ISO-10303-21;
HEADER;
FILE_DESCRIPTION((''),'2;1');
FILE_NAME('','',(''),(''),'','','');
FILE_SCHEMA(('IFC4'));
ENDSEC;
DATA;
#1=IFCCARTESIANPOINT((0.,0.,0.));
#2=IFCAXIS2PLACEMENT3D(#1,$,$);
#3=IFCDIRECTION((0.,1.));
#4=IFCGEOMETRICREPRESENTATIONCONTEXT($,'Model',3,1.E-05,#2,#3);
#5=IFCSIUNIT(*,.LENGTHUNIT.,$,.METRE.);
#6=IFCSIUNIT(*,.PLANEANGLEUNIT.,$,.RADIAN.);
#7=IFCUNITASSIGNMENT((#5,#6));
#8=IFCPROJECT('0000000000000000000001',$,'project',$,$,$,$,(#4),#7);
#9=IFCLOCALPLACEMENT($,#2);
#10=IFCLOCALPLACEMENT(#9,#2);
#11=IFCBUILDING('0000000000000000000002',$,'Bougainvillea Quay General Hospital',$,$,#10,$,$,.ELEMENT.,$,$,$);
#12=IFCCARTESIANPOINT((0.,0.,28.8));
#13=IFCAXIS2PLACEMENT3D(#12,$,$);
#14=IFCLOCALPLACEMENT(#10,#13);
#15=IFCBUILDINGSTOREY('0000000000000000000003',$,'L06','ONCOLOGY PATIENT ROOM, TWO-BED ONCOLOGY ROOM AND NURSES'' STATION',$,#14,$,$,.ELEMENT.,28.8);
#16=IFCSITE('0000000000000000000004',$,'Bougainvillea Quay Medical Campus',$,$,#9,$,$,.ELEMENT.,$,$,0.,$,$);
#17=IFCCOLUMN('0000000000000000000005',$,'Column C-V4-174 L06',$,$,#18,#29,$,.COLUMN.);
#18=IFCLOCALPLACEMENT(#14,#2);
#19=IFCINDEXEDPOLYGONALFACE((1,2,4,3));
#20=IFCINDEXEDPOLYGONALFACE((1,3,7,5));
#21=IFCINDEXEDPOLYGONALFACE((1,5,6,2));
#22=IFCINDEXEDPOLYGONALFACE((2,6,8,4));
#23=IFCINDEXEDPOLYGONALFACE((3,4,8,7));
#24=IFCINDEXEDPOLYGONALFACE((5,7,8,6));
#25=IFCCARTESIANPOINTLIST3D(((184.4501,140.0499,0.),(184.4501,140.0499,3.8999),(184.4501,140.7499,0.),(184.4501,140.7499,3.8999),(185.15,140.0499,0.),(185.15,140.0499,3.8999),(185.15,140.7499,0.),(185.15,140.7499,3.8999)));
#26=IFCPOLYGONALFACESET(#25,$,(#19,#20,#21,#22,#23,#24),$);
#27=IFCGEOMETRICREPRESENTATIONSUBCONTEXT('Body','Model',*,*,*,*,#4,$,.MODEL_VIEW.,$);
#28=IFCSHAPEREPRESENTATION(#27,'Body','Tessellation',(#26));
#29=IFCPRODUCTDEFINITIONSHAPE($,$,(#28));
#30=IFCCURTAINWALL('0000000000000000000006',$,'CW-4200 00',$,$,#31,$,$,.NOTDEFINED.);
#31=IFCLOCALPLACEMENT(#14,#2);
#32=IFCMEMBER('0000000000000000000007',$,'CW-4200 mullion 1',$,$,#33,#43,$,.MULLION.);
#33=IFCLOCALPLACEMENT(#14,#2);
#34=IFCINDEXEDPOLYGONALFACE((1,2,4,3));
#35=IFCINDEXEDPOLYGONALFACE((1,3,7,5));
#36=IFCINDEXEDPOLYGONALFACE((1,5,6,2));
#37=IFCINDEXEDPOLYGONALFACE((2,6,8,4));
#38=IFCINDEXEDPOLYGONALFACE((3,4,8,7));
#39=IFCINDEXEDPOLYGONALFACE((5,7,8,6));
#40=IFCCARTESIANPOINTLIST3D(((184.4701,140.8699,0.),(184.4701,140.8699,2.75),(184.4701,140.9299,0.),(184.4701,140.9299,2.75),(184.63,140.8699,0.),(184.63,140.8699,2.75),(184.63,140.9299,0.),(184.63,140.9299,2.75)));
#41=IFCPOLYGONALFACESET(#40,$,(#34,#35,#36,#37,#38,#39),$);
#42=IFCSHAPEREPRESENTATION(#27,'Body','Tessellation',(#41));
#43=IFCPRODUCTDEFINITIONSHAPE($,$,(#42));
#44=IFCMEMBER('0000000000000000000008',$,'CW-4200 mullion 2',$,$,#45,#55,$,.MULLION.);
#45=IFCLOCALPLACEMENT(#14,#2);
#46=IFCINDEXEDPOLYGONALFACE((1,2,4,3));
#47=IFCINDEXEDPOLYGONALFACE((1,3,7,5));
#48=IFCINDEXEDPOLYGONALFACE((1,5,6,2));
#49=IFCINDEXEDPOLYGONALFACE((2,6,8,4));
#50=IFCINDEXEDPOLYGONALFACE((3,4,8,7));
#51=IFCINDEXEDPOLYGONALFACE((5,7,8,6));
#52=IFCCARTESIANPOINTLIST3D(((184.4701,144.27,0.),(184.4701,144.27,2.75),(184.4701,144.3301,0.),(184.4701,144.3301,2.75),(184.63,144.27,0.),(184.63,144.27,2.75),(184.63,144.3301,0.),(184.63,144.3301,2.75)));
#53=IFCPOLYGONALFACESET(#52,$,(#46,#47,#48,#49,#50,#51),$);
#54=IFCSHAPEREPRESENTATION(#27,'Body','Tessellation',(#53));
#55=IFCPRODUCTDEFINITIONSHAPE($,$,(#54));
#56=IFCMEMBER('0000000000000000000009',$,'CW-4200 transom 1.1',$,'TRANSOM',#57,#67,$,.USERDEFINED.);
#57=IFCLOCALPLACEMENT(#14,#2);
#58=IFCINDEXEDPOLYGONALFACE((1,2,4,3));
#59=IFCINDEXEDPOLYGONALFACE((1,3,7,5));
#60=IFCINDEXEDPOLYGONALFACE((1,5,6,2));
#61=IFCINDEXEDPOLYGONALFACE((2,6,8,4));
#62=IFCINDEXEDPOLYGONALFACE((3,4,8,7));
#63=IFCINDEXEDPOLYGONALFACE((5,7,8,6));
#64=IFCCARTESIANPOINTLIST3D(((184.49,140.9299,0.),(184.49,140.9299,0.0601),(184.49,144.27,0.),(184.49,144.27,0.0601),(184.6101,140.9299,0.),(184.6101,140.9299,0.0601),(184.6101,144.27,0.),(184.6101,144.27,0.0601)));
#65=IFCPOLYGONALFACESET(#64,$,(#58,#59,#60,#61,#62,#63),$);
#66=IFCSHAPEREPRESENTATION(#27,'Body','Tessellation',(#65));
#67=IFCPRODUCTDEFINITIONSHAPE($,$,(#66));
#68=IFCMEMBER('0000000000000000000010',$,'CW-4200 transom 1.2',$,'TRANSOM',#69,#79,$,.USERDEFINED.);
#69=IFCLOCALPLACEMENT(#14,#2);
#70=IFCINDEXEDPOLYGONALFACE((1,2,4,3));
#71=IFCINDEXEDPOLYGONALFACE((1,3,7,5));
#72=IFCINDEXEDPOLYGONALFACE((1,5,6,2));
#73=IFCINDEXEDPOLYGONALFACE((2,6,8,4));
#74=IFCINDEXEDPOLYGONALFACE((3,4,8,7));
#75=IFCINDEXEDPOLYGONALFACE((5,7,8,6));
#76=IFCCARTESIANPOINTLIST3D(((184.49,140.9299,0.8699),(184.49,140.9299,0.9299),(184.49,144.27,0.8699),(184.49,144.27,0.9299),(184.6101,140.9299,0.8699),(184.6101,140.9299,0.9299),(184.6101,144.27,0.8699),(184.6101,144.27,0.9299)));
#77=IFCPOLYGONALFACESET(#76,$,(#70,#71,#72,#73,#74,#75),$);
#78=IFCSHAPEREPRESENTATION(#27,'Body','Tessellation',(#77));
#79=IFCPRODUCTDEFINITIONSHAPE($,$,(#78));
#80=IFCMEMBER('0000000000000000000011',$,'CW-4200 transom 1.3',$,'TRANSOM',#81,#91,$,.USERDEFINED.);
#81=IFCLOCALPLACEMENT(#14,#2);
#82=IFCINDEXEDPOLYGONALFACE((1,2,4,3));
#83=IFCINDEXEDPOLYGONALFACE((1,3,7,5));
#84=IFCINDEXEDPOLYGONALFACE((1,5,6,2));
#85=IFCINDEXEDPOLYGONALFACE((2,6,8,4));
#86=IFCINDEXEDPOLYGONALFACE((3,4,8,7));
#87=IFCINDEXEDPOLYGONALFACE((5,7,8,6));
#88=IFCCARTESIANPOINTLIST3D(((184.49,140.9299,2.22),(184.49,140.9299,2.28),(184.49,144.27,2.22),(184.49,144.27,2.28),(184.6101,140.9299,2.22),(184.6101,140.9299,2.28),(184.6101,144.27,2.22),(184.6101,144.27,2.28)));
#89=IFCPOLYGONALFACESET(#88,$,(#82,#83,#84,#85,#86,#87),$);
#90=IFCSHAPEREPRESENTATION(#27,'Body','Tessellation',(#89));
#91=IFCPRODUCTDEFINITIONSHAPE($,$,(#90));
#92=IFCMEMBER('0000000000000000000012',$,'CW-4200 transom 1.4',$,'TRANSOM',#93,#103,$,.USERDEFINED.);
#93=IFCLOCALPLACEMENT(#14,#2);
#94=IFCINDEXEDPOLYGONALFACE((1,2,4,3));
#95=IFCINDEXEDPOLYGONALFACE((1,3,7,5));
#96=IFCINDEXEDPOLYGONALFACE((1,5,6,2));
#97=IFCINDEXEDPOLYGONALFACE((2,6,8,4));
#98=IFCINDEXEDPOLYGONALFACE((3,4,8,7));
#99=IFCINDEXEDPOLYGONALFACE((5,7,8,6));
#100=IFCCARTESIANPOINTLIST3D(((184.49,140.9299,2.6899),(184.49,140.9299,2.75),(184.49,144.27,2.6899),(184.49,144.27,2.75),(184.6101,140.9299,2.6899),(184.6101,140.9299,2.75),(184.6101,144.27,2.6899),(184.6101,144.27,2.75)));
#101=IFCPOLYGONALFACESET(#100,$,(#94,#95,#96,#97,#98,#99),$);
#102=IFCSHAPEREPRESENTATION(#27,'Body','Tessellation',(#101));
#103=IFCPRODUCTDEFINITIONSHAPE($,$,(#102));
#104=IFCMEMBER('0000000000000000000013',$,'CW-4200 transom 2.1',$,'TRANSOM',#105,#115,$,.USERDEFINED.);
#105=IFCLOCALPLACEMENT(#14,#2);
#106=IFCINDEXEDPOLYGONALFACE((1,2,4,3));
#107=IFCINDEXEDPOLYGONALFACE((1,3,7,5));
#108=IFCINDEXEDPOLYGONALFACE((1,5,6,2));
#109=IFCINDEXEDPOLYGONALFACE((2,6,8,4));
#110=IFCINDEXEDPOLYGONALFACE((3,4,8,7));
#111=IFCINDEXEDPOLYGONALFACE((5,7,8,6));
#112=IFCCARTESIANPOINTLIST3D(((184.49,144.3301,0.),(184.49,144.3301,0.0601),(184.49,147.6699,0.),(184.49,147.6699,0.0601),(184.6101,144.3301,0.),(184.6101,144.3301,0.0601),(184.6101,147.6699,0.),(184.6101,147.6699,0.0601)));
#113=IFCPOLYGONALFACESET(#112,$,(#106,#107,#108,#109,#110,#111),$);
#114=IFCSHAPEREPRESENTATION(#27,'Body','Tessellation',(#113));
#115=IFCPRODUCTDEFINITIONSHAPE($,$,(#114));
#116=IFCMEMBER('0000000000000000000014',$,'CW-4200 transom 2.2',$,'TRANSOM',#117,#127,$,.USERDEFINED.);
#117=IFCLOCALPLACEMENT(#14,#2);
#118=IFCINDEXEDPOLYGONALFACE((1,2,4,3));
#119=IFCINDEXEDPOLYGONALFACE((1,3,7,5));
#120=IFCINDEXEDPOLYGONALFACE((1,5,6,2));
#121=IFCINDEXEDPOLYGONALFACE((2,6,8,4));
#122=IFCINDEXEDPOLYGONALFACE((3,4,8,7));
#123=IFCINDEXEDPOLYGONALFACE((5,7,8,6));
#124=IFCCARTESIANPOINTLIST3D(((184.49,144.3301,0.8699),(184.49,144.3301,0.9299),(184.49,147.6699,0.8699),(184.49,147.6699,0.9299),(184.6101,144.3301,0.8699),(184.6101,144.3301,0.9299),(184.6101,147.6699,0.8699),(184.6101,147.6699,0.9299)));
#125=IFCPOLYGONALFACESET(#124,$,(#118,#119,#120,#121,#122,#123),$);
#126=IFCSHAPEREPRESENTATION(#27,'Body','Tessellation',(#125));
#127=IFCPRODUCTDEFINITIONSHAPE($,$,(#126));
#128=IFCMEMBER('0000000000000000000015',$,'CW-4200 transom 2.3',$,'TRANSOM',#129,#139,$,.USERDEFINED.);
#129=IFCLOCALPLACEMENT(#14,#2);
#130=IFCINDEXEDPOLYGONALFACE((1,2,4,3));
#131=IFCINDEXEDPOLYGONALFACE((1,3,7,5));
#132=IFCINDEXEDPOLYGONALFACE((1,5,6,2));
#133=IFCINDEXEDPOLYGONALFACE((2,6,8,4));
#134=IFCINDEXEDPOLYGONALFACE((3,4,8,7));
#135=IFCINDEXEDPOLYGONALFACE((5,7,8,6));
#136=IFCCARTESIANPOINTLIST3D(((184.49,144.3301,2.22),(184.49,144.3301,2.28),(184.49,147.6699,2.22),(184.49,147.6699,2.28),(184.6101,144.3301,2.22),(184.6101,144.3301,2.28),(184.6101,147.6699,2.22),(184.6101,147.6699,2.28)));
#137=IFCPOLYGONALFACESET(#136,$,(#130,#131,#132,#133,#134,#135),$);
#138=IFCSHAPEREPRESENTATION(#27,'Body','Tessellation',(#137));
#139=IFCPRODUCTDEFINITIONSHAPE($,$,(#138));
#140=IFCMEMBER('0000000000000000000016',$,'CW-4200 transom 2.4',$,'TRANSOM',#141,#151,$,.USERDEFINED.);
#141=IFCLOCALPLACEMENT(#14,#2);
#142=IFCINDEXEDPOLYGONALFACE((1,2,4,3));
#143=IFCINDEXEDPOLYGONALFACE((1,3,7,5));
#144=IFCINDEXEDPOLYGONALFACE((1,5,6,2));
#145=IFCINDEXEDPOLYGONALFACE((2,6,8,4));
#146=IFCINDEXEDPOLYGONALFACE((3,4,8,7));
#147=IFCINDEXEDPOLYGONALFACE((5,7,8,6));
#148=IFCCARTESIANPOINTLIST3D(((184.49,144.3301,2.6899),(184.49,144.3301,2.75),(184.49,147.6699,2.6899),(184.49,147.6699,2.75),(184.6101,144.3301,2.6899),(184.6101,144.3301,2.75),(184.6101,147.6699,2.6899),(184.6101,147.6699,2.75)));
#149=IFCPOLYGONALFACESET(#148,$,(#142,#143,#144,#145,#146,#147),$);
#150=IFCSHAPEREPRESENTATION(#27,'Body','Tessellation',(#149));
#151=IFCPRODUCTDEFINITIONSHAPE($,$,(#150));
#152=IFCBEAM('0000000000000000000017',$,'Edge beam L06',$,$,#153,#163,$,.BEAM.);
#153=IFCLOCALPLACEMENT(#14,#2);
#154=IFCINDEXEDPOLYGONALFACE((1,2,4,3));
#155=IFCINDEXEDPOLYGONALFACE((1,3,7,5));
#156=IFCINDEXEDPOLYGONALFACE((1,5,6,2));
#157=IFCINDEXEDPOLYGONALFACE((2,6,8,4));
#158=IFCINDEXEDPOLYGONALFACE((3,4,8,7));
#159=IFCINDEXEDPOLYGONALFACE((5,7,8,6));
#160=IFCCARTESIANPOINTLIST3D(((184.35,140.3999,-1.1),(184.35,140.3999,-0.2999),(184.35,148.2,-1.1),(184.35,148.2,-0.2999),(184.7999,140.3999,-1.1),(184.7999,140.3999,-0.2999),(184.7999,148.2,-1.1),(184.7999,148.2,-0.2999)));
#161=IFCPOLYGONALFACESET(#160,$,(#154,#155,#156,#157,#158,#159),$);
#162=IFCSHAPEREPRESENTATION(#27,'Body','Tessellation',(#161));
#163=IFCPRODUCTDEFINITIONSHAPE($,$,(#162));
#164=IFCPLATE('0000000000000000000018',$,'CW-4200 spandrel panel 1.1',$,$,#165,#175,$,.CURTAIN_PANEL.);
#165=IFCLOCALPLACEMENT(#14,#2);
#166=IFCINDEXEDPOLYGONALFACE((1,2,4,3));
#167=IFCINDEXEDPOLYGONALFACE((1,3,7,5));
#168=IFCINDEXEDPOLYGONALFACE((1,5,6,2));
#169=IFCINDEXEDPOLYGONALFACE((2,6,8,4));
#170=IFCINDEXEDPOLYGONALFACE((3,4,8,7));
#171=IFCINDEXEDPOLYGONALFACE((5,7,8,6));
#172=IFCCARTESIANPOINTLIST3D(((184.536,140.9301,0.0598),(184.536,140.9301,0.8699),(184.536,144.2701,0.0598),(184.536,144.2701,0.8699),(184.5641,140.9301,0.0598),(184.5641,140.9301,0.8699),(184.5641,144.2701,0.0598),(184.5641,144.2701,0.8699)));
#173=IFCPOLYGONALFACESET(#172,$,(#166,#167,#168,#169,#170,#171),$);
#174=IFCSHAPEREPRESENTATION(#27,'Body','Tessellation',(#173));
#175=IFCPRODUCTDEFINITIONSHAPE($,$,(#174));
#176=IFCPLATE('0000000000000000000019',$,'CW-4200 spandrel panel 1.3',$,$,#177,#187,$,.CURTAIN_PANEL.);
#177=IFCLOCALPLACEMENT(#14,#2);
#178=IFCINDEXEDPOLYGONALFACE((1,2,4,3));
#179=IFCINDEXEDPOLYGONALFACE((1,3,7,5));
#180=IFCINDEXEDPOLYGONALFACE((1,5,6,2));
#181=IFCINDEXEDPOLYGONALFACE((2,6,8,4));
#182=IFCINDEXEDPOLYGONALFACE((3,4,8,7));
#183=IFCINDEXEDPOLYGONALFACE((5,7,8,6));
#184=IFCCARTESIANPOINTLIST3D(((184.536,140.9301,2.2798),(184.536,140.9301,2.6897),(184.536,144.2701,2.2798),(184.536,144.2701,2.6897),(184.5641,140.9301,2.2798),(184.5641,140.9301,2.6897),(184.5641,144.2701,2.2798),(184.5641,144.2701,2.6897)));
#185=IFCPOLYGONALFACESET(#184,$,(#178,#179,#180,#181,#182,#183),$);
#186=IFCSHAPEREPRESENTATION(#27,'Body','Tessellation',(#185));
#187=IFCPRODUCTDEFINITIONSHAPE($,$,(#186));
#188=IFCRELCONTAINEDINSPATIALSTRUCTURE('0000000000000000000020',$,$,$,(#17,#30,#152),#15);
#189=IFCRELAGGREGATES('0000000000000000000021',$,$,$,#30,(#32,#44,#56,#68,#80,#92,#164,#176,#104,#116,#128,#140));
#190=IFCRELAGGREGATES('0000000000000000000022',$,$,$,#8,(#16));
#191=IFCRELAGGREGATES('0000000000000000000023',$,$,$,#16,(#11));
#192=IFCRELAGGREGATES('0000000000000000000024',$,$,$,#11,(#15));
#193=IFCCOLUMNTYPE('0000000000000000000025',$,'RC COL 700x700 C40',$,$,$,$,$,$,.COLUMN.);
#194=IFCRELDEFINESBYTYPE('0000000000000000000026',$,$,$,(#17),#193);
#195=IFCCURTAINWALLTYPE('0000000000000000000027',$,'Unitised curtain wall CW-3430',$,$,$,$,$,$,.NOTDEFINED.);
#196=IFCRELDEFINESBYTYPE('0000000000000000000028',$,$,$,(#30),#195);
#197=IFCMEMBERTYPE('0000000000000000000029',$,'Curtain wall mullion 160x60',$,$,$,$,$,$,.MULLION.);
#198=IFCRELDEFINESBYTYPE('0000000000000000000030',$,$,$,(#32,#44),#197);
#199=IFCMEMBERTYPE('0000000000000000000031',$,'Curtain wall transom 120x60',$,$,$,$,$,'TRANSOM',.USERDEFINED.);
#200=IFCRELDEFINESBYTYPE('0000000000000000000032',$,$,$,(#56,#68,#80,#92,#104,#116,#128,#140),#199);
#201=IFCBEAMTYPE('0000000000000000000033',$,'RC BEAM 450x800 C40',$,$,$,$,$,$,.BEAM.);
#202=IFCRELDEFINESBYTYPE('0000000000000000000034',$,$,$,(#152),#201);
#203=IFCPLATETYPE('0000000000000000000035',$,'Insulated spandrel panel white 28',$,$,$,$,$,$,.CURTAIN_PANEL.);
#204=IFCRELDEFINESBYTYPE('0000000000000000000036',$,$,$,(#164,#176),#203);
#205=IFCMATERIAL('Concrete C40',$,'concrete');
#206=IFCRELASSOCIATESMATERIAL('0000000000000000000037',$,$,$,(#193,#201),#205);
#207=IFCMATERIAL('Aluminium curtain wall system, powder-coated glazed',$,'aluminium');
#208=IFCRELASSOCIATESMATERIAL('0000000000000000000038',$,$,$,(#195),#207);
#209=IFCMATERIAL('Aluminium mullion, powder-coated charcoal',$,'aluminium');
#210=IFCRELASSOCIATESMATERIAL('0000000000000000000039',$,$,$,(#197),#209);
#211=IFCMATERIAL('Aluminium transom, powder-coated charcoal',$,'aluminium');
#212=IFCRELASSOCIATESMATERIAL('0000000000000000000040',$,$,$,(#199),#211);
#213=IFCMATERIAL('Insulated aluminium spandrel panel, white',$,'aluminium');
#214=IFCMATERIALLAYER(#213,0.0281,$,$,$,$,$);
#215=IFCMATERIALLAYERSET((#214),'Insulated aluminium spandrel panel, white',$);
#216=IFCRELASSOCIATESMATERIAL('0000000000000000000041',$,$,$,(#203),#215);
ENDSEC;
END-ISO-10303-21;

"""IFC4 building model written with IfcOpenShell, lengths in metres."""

from ifc_helpers import new_model, si_unit, direction, frame, origin, origin_2d, place, context, subcontext, project, spatial, rectangle, extrude, material, layer, layer_set, material_profile, profile_set, type_object, element, aggregate, save


model = new_model("IFC4")

# Units and contexts
model_context = context("Model", 3, precision=1e-05, world=origin(), true_north=direction((0.0, 1.0)))
body_context = subcontext(model_context, "Body", "Model", "MODEL_VIEW")
ifc_project = project(units=[si_unit("LENGTHUNIT", "METRE"), si_unit("PLANEANGLEUNIT", "RADIAN")], contexts=[model_context])

# Site, building, storey
site_placement = place(None, origin())
site = spatial("IfcSite", under=ifc_project, at=site_placement, Name="Bougainvillea Quay Medical Campus", CompositionType="ELEMENT", RefElevation=0.0)
building_placement = place(site_placement, origin())
building = spatial("IfcBuilding", under=site, at=building_placement, Name="Bougainvillea Quay General Hospital", CompositionType="ELEMENT")
storey_placement = place(building_placement, frame((0.0, 0.0, 28.8)))
storey = spatial("IfcBuildingStorey", under=building, at=storey_placement, Name="L06", Description="ONCOLOGY PATIENT ROOM, TWO-BED ONCOLOGY ROOM AND NURSES' STATION", CompositionType="ELEMENT", Elevation=28.8)

# Column
ifc_material_1 = material(Name="Concrete C40", Category="concrete")
ifc_material_profile_1 = material_profile(ifc_material_1, rectangle(XDim=0.7, YDim=0.7, at=origin_2d()))
ifc_profile_set_1 = profile_set([ifc_material_profile_1], Name="Concrete C40")
column_type = type_object("IfcColumnType", Name="RC COL 700x700 C40", PredefinedType="COLUMN", material=ifc_profile_set_1)
column_placement = place(storey_placement, frame((184.8, 140.3999, 0.0), z_axis=(0.0, 0.0, 1.0), x_axis=(1.0, 0.0, 0.0)))
element("IfcColumn", 1, at=column_placement, inside=storey, type_object=column_type, Name="Column C-V4-174 L06", PredefinedType="COLUMN", context=body_context, shape_type="SweptSolid", body=[
    extrude(rectangle(XDim=0.7, YDim=0.7, at=origin_2d()), origin(), (0.0, 0.0, 1.0), 3.8999),
])

# Curtain wall, members
ifc_material_2 = material(Name="Aluminium curtain wall system, powder-coated glazed", Category="aluminium")
curtain_wall_type = type_object("IfcCurtainWallType", Name="Unitised curtain wall CW-3430", PredefinedType="NOTDEFINED", material=ifc_material_2)
curtain_wall_placement = place(storey_placement, origin())
curtain_wall = element("IfcCurtainWall", 2, at=curtain_wall_placement, inside=storey, type_object=curtain_wall_type, Name="CW-4200 00", PredefinedType="NOTDEFINED")
ifc_material_3 = material(Name="Aluminium mullion, powder-coated charcoal", Category="aluminium")
ifc_material_profile_2 = material_profile(ifc_material_3, rectangle(XDim=0.1599, YDim=0.0601, at=origin_2d()))
ifc_profile_set_2 = profile_set([ifc_material_profile_2], Name="Aluminium mullion, powder-coated charcoal")
member_type_1 = type_object("IfcMemberType", Name="Curtain wall mullion 160x60", PredefinedType="MULLION", material=ifc_profile_set_2)
member_1_placement = place(storey_placement, frame((184.55, 140.8999, 0.0), z_axis=(0.0, 0.0, 1.0), x_axis=(-1.0, 0.0, 0.0)))
member_1 = element("IfcMember", 3, at=member_1_placement, type_object=member_type_1, Name="CW-4200 mullion 1", PredefinedType="MULLION", context=body_context, shape_type="SweptSolid", body=[
    extrude(rectangle(XDim=0.1599, YDim=0.0601, at=origin_2d()), origin(), (0.0, 0.0, 1.0), 2.75),
])
member_2_placement = place(storey_placement, frame((184.55, 144.3, 0.0), z_axis=(0.0, 0.0, 1.0), x_axis=(-1.0, 0.0, 0.0)))
member_2 = element("IfcMember", 4, at=member_2_placement, type_object=member_type_1, Name="CW-4200 mullion 2", PredefinedType="MULLION", context=body_context, shape_type="SweptSolid", body=[
    extrude(rectangle(XDim=0.1599, YDim=0.0601, at=origin_2d()), origin(), (0.0, 0.0, 1.0), 2.75),
])
ifc_material_4 = material(Name="Aluminium transom, powder-coated charcoal", Category="aluminium")
ifc_material_profile_3 = material_profile(ifc_material_4, rectangle(XDim=0.1201, YDim=0.0601, at=origin_2d()))
ifc_profile_set_3 = profile_set([ifc_material_profile_3], Name="Aluminium transom, powder-coated charcoal")
member_type_2 = type_object("IfcMemberType", Name="Curtain wall transom 120x60", ElementType="TRANSOM", PredefinedType="USERDEFINED", material=ifc_profile_set_3)
member_3_placement = place(storey_placement, frame((184.55, 140.9299, 0.03), z_axis=(0.0, 1.0, 0.0), x_axis=(-1.0, 0.0, 0.0)))
member_3 = element("IfcMember", 5, at=member_3_placement, type_object=member_type_2, Name="CW-4200 transom 1.1", ObjectType="TRANSOM", PredefinedType="USERDEFINED", context=body_context, shape_type="SweptSolid", body=[
    extrude(rectangle(XDim=0.1201, YDim=0.0601, at=origin_2d()), origin(), (0.0, 0.0, 1.0), 3.3401),
])
member_4_placement = place(storey_placement, frame((184.55, 140.9299, 0.8999), z_axis=(0.0, 1.0, 0.0), x_axis=(-1.0, 0.0, 0.0)))
member_4 = element("IfcMember", 6, at=member_4_placement, type_object=member_type_2, Name="CW-4200 transom 1.2", ObjectType="TRANSOM", PredefinedType="USERDEFINED", context=body_context, shape_type="SweptSolid", body=[
    extrude(rectangle(XDim=0.1201, YDim=0.0601, at=origin_2d()), origin(), (0.0, 0.0, 1.0), 3.3401),
])
member_5_placement = place(storey_placement, frame((184.55, 140.9299, 2.25), z_axis=(0.0, 1.0, 0.0), x_axis=(-1.0, 0.0, 0.0)))
member_5 = element("IfcMember", 7, at=member_5_placement, type_object=member_type_2, Name="CW-4200 transom 1.3", ObjectType="TRANSOM", PredefinedType="USERDEFINED", context=body_context, shape_type="SweptSolid", body=[
    extrude(rectangle(XDim=0.1201, YDim=0.0601, at=origin_2d()), origin(), (0.0, 0.0, 1.0), 3.3401),
])
member_6_placement = place(storey_placement, frame((184.55, 140.9299, 2.72), z_axis=(0.0, 1.0, 0.0), x_axis=(-1.0, 0.0, 0.0)))
member_6 = element("IfcMember", 8, at=member_6_placement, type_object=member_type_2, Name="CW-4200 transom 1.4", ObjectType="TRANSOM", PredefinedType="USERDEFINED", context=body_context, shape_type="SweptSolid", body=[
    extrude(rectangle(XDim=0.1201, YDim=0.0601, at=origin_2d()), origin(), (0.0, 0.0, 1.0), 3.3401),
])
member_7_placement = place(storey_placement, frame((184.55, 144.3301, 0.03), z_axis=(0.0, 1.0, 0.0), x_axis=(-1.0, 0.0, 0.0)))
member_7 = element("IfcMember", 9, at=member_7_placement, type_object=member_type_2, Name="CW-4200 transom 2.1", ObjectType="TRANSOM", PredefinedType="USERDEFINED", context=body_context, shape_type="SweptSolid", body=[
    extrude(rectangle(XDim=0.1201, YDim=0.0601, at=origin_2d()), origin(), (0.0, 0.0, 1.0), 3.3398),
])
member_8_placement = place(storey_placement, frame((184.55, 144.3301, 0.8999), z_axis=(0.0, 1.0, 0.0), x_axis=(-1.0, 0.0, 0.0)))
member_8 = element("IfcMember", 10, at=member_8_placement, type_object=member_type_2, Name="CW-4200 transom 2.2", ObjectType="TRANSOM", PredefinedType="USERDEFINED", context=body_context, shape_type="SweptSolid", body=[
    extrude(rectangle(XDim=0.1201, YDim=0.0601, at=origin_2d()), origin(), (0.0, 0.0, 1.0), 3.3398),
])
member_9_placement = place(storey_placement, frame((184.55, 144.3301, 2.25), z_axis=(0.0, 1.0, 0.0), x_axis=(-1.0, 0.0, 0.0)))
member_9 = element("IfcMember", 11, at=member_9_placement, type_object=member_type_2, Name="CW-4200 transom 2.3", ObjectType="TRANSOM", PredefinedType="USERDEFINED", context=body_context, shape_type="SweptSolid", body=[
    extrude(rectangle(XDim=0.1201, YDim=0.0601, at=origin_2d()), origin(), (0.0, 0.0, 1.0), 3.3398),
])
member_10_placement = place(storey_placement, frame((184.55, 144.3301, 2.72), z_axis=(0.0, 1.0, 0.0), x_axis=(-1.0, 0.0, 0.0)))
member_10 = element("IfcMember", 12, at=member_10_placement, type_object=member_type_2, Name="CW-4200 transom 2.4", ObjectType="TRANSOM", PredefinedType="USERDEFINED", context=body_context, shape_type="SweptSolid", body=[
    extrude(rectangle(XDim=0.1201, YDim=0.0601, at=origin_2d()), origin(), (0.0, 0.0, 1.0), 3.3398),
])

# Beam
ifc_material_profile_4 = material_profile(ifc_material_1, rectangle(XDim=0.45, YDim=0.8, at=origin_2d()))
ifc_profile_set_4 = profile_set([ifc_material_profile_4], Name="Concrete C40")
beam_type = type_object("IfcBeamType", Name="RC BEAM 450x800 C40", PredefinedType="BEAM", material=ifc_profile_set_4)
beam_placement = place(storey_placement, frame((184.575, 140.3999, -0.7), z_axis=(0.0, 1.0, 0.0), x_axis=(-1.0, 0.0, 0.0)))
element("IfcBeam", 13, at=beam_placement, inside=storey, type_object=beam_type, Name="Edge beam L06", PredefinedType="BEAM", context=body_context, shape_type="SweptSolid", body=[
    extrude(rectangle(XDim=0.45, YDim=0.8, at=origin_2d()), origin(), (0.0, 0.0, 1.0), 7.8),
])

# Plates
ifc_material_5 = material(Name="Insulated aluminium spandrel panel, white", Category="aluminium")
ifc_layer_1 = layer(ifc_material_5, 0.0281)
ifc_layer_set_1 = layer_set([ifc_layer_1], Name="Insulated aluminium spandrel panel, white")
plate_type_1 = type_object("IfcPlateType", Name="Insulated spandrel panel white 28", PredefinedType="CURTAIN_PANEL", material=ifc_layer_set_1)
plate_1_placement = place(storey_placement, frame((184.55, 142.6001, 0.0598), z_axis=(0.0, 0.0, 1.0), x_axis=(0.0, 1.0, 0.0)))
plate_1 = element("IfcPlate", 14, at=plate_1_placement, type_object=plate_type_1, Name="CW-4200 spandrel panel 1.1", PredefinedType="CURTAIN_PANEL", context=body_context, shape_type="SweptSolid", body=[
    extrude(rectangle(XDim=3.3401, YDim=0.0281, at=origin_2d()), origin(), (0.0, 0.0, 1.0), 0.8101),
])
plate_2_placement = place(storey_placement, frame((184.55, 142.6001, 2.2798), z_axis=(0.0, 0.0, 1.0), x_axis=(0.0, 1.0, 0.0)))
plate_2 = element("IfcPlate", 15, at=plate_2_placement, type_object=plate_type_1, Name="CW-4200 spandrel panel 1.3", PredefinedType="CURTAIN_PANEL", context=body_context, shape_type="SweptSolid", body=[
    extrude(rectangle(XDim=3.3401, YDim=0.0281, at=origin_2d()), origin(), (0.0, 0.0, 1.0), 0.4099),
])
aggregate(curtain_wall, [member_1, member_2, member_3, member_4, member_5, member_6, plate_1, plate_2, member_7, member_8, member_9, member_10])

save(model, "model.ifc")
